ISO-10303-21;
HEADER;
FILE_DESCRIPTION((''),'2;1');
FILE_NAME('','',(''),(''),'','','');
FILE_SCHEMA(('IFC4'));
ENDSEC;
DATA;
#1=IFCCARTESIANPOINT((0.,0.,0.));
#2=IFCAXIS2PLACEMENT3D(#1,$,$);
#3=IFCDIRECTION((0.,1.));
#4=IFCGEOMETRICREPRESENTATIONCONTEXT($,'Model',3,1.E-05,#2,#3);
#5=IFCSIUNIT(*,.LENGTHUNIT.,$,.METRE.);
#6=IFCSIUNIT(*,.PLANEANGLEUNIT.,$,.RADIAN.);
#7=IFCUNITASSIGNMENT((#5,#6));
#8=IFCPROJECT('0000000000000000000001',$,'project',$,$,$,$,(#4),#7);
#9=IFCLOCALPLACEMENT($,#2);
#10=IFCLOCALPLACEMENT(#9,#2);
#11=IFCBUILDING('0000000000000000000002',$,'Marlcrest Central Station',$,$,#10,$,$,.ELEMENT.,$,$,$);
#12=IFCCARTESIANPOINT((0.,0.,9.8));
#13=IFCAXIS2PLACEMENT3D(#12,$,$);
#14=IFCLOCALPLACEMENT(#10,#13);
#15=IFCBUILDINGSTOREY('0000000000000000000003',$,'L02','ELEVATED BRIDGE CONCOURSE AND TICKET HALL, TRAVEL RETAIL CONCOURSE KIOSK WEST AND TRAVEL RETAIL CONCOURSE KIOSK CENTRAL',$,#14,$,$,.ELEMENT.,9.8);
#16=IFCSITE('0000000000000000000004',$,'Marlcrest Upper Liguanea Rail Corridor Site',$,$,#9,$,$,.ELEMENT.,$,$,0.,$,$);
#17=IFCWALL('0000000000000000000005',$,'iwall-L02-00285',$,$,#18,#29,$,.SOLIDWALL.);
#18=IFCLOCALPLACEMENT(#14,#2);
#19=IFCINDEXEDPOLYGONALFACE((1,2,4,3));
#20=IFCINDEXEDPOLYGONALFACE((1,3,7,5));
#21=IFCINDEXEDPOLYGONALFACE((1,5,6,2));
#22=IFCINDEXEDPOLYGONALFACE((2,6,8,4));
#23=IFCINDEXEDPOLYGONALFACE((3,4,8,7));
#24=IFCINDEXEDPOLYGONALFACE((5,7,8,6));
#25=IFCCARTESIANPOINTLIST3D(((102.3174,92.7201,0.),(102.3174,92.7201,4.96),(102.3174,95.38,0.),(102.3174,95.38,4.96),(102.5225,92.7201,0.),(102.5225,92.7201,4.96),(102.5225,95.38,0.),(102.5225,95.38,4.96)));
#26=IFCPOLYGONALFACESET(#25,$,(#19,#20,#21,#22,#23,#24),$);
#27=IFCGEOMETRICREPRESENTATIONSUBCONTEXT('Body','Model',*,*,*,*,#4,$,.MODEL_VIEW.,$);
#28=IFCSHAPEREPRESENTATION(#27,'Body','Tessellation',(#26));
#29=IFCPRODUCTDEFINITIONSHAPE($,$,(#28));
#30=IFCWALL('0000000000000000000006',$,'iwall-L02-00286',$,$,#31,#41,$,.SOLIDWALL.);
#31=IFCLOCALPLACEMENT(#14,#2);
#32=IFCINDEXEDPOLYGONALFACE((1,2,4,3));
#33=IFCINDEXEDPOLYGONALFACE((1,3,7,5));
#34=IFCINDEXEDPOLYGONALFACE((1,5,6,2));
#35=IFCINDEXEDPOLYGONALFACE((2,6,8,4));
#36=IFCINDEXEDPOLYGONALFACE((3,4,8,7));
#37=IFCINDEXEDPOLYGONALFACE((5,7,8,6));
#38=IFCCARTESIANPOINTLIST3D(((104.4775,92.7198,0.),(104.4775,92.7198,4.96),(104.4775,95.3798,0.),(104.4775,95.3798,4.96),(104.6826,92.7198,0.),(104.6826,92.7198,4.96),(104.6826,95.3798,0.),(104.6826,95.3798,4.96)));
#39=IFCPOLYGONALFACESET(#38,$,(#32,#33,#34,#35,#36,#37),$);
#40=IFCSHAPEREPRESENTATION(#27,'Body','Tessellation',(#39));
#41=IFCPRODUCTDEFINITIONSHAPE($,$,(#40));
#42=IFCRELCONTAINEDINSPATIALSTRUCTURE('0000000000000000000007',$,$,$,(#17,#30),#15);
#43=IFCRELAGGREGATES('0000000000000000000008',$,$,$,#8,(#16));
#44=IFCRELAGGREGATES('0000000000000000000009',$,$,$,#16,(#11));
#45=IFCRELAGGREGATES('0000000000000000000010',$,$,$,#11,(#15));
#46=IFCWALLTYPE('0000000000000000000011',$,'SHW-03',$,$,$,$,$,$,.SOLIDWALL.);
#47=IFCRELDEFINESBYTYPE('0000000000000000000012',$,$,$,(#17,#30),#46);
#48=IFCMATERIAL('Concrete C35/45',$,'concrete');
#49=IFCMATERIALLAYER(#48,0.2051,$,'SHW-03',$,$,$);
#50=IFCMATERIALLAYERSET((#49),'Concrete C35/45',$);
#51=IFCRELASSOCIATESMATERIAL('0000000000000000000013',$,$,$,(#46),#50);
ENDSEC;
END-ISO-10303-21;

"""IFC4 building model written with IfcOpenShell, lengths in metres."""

from ifc_helpers import new_model, si_unit, direction, frame, frame_2d, origin, place, context, subcontext, project, spatial, rectangle, extrude, material, layer, layer_set, type_object, element, save


model = new_model("IFC4")

# Units and contexts
model_context = context("Model", 3, precision=1e-05, world=origin(), true_north=direction((0.0, 1.0)))
body_context = subcontext(model_context, "Body", "Model", "MODEL_VIEW")
ifc_project = project(units=[si_unit("LENGTHUNIT", "METRE"), si_unit("PLANEANGLEUNIT", "RADIAN")], contexts=[model_context])

# Site, building, storey
site_placement = place(None, origin())
site = spatial("IfcSite", under=ifc_project, at=site_placement, Name="Marlcrest Upper Liguanea Rail Corridor Site", CompositionType="ELEMENT", RefElevation=0.0)
building_placement = place(site_placement, origin())
building = spatial("IfcBuilding", under=site, at=building_placement, Name="Marlcrest Central Station", CompositionType="ELEMENT")
storey_placement = place(building_placement, frame((0.0, 0.0, 9.8)))
storey = spatial("IfcBuildingStorey", under=building, at=storey_placement, Name="L02", Description="ELEVATED BRIDGE CONCOURSE AND TICKET HALL, TRAVEL RETAIL CONCOURSE KIOSK WEST AND TRAVEL RETAIL CONCOURSE KIOSK CENTRAL", CompositionType="ELEMENT", Elevation=9.8)

# Shared definitions
ifc_material_1 = material(Name="Concrete C35/45", Category="concrete")
ifc_layer_1 = layer(ifc_material_1, 0.2051, Name="SHW-03")
ifc_layer_set_1 = layer_set([ifc_layer_1], Name="Concrete C35/45")
wall_type_1 = type_object("IfcWallType", Name="SHW-03", PredefinedType="SOLIDWALL", material=ifc_layer_set_1)

# Walls
for number, where, z_axis, x_axis, name in (
    (1, (102.4199, 92.72, 0.0), (0.0, 0.0, 1.0), (0.0, 1.0, 0.0), "iwall-L02-00285"),
    (2, (104.5801, 95.3799, 0.0), (0.0, 0.0, 1.0), (0.0, -1.0, 0.0), "iwall-L02-00286"),
):
    element("IfcWall", number, at=place(storey_placement, frame(where, z_axis=z_axis, x_axis=x_axis)), inside=storey, type_object=wall_type_1, Name=name, PredefinedType="SOLIDWALL", context=body_context, shape_type="SweptSolid", body=[
        extrude(rectangle(XDim=2.6599, YDim=0.2051, at=frame_2d((1.3301, 0.0))), origin(), (0.0, 0.0, 1.0), 4.96),
    ])

save(model, "model.ifc")
